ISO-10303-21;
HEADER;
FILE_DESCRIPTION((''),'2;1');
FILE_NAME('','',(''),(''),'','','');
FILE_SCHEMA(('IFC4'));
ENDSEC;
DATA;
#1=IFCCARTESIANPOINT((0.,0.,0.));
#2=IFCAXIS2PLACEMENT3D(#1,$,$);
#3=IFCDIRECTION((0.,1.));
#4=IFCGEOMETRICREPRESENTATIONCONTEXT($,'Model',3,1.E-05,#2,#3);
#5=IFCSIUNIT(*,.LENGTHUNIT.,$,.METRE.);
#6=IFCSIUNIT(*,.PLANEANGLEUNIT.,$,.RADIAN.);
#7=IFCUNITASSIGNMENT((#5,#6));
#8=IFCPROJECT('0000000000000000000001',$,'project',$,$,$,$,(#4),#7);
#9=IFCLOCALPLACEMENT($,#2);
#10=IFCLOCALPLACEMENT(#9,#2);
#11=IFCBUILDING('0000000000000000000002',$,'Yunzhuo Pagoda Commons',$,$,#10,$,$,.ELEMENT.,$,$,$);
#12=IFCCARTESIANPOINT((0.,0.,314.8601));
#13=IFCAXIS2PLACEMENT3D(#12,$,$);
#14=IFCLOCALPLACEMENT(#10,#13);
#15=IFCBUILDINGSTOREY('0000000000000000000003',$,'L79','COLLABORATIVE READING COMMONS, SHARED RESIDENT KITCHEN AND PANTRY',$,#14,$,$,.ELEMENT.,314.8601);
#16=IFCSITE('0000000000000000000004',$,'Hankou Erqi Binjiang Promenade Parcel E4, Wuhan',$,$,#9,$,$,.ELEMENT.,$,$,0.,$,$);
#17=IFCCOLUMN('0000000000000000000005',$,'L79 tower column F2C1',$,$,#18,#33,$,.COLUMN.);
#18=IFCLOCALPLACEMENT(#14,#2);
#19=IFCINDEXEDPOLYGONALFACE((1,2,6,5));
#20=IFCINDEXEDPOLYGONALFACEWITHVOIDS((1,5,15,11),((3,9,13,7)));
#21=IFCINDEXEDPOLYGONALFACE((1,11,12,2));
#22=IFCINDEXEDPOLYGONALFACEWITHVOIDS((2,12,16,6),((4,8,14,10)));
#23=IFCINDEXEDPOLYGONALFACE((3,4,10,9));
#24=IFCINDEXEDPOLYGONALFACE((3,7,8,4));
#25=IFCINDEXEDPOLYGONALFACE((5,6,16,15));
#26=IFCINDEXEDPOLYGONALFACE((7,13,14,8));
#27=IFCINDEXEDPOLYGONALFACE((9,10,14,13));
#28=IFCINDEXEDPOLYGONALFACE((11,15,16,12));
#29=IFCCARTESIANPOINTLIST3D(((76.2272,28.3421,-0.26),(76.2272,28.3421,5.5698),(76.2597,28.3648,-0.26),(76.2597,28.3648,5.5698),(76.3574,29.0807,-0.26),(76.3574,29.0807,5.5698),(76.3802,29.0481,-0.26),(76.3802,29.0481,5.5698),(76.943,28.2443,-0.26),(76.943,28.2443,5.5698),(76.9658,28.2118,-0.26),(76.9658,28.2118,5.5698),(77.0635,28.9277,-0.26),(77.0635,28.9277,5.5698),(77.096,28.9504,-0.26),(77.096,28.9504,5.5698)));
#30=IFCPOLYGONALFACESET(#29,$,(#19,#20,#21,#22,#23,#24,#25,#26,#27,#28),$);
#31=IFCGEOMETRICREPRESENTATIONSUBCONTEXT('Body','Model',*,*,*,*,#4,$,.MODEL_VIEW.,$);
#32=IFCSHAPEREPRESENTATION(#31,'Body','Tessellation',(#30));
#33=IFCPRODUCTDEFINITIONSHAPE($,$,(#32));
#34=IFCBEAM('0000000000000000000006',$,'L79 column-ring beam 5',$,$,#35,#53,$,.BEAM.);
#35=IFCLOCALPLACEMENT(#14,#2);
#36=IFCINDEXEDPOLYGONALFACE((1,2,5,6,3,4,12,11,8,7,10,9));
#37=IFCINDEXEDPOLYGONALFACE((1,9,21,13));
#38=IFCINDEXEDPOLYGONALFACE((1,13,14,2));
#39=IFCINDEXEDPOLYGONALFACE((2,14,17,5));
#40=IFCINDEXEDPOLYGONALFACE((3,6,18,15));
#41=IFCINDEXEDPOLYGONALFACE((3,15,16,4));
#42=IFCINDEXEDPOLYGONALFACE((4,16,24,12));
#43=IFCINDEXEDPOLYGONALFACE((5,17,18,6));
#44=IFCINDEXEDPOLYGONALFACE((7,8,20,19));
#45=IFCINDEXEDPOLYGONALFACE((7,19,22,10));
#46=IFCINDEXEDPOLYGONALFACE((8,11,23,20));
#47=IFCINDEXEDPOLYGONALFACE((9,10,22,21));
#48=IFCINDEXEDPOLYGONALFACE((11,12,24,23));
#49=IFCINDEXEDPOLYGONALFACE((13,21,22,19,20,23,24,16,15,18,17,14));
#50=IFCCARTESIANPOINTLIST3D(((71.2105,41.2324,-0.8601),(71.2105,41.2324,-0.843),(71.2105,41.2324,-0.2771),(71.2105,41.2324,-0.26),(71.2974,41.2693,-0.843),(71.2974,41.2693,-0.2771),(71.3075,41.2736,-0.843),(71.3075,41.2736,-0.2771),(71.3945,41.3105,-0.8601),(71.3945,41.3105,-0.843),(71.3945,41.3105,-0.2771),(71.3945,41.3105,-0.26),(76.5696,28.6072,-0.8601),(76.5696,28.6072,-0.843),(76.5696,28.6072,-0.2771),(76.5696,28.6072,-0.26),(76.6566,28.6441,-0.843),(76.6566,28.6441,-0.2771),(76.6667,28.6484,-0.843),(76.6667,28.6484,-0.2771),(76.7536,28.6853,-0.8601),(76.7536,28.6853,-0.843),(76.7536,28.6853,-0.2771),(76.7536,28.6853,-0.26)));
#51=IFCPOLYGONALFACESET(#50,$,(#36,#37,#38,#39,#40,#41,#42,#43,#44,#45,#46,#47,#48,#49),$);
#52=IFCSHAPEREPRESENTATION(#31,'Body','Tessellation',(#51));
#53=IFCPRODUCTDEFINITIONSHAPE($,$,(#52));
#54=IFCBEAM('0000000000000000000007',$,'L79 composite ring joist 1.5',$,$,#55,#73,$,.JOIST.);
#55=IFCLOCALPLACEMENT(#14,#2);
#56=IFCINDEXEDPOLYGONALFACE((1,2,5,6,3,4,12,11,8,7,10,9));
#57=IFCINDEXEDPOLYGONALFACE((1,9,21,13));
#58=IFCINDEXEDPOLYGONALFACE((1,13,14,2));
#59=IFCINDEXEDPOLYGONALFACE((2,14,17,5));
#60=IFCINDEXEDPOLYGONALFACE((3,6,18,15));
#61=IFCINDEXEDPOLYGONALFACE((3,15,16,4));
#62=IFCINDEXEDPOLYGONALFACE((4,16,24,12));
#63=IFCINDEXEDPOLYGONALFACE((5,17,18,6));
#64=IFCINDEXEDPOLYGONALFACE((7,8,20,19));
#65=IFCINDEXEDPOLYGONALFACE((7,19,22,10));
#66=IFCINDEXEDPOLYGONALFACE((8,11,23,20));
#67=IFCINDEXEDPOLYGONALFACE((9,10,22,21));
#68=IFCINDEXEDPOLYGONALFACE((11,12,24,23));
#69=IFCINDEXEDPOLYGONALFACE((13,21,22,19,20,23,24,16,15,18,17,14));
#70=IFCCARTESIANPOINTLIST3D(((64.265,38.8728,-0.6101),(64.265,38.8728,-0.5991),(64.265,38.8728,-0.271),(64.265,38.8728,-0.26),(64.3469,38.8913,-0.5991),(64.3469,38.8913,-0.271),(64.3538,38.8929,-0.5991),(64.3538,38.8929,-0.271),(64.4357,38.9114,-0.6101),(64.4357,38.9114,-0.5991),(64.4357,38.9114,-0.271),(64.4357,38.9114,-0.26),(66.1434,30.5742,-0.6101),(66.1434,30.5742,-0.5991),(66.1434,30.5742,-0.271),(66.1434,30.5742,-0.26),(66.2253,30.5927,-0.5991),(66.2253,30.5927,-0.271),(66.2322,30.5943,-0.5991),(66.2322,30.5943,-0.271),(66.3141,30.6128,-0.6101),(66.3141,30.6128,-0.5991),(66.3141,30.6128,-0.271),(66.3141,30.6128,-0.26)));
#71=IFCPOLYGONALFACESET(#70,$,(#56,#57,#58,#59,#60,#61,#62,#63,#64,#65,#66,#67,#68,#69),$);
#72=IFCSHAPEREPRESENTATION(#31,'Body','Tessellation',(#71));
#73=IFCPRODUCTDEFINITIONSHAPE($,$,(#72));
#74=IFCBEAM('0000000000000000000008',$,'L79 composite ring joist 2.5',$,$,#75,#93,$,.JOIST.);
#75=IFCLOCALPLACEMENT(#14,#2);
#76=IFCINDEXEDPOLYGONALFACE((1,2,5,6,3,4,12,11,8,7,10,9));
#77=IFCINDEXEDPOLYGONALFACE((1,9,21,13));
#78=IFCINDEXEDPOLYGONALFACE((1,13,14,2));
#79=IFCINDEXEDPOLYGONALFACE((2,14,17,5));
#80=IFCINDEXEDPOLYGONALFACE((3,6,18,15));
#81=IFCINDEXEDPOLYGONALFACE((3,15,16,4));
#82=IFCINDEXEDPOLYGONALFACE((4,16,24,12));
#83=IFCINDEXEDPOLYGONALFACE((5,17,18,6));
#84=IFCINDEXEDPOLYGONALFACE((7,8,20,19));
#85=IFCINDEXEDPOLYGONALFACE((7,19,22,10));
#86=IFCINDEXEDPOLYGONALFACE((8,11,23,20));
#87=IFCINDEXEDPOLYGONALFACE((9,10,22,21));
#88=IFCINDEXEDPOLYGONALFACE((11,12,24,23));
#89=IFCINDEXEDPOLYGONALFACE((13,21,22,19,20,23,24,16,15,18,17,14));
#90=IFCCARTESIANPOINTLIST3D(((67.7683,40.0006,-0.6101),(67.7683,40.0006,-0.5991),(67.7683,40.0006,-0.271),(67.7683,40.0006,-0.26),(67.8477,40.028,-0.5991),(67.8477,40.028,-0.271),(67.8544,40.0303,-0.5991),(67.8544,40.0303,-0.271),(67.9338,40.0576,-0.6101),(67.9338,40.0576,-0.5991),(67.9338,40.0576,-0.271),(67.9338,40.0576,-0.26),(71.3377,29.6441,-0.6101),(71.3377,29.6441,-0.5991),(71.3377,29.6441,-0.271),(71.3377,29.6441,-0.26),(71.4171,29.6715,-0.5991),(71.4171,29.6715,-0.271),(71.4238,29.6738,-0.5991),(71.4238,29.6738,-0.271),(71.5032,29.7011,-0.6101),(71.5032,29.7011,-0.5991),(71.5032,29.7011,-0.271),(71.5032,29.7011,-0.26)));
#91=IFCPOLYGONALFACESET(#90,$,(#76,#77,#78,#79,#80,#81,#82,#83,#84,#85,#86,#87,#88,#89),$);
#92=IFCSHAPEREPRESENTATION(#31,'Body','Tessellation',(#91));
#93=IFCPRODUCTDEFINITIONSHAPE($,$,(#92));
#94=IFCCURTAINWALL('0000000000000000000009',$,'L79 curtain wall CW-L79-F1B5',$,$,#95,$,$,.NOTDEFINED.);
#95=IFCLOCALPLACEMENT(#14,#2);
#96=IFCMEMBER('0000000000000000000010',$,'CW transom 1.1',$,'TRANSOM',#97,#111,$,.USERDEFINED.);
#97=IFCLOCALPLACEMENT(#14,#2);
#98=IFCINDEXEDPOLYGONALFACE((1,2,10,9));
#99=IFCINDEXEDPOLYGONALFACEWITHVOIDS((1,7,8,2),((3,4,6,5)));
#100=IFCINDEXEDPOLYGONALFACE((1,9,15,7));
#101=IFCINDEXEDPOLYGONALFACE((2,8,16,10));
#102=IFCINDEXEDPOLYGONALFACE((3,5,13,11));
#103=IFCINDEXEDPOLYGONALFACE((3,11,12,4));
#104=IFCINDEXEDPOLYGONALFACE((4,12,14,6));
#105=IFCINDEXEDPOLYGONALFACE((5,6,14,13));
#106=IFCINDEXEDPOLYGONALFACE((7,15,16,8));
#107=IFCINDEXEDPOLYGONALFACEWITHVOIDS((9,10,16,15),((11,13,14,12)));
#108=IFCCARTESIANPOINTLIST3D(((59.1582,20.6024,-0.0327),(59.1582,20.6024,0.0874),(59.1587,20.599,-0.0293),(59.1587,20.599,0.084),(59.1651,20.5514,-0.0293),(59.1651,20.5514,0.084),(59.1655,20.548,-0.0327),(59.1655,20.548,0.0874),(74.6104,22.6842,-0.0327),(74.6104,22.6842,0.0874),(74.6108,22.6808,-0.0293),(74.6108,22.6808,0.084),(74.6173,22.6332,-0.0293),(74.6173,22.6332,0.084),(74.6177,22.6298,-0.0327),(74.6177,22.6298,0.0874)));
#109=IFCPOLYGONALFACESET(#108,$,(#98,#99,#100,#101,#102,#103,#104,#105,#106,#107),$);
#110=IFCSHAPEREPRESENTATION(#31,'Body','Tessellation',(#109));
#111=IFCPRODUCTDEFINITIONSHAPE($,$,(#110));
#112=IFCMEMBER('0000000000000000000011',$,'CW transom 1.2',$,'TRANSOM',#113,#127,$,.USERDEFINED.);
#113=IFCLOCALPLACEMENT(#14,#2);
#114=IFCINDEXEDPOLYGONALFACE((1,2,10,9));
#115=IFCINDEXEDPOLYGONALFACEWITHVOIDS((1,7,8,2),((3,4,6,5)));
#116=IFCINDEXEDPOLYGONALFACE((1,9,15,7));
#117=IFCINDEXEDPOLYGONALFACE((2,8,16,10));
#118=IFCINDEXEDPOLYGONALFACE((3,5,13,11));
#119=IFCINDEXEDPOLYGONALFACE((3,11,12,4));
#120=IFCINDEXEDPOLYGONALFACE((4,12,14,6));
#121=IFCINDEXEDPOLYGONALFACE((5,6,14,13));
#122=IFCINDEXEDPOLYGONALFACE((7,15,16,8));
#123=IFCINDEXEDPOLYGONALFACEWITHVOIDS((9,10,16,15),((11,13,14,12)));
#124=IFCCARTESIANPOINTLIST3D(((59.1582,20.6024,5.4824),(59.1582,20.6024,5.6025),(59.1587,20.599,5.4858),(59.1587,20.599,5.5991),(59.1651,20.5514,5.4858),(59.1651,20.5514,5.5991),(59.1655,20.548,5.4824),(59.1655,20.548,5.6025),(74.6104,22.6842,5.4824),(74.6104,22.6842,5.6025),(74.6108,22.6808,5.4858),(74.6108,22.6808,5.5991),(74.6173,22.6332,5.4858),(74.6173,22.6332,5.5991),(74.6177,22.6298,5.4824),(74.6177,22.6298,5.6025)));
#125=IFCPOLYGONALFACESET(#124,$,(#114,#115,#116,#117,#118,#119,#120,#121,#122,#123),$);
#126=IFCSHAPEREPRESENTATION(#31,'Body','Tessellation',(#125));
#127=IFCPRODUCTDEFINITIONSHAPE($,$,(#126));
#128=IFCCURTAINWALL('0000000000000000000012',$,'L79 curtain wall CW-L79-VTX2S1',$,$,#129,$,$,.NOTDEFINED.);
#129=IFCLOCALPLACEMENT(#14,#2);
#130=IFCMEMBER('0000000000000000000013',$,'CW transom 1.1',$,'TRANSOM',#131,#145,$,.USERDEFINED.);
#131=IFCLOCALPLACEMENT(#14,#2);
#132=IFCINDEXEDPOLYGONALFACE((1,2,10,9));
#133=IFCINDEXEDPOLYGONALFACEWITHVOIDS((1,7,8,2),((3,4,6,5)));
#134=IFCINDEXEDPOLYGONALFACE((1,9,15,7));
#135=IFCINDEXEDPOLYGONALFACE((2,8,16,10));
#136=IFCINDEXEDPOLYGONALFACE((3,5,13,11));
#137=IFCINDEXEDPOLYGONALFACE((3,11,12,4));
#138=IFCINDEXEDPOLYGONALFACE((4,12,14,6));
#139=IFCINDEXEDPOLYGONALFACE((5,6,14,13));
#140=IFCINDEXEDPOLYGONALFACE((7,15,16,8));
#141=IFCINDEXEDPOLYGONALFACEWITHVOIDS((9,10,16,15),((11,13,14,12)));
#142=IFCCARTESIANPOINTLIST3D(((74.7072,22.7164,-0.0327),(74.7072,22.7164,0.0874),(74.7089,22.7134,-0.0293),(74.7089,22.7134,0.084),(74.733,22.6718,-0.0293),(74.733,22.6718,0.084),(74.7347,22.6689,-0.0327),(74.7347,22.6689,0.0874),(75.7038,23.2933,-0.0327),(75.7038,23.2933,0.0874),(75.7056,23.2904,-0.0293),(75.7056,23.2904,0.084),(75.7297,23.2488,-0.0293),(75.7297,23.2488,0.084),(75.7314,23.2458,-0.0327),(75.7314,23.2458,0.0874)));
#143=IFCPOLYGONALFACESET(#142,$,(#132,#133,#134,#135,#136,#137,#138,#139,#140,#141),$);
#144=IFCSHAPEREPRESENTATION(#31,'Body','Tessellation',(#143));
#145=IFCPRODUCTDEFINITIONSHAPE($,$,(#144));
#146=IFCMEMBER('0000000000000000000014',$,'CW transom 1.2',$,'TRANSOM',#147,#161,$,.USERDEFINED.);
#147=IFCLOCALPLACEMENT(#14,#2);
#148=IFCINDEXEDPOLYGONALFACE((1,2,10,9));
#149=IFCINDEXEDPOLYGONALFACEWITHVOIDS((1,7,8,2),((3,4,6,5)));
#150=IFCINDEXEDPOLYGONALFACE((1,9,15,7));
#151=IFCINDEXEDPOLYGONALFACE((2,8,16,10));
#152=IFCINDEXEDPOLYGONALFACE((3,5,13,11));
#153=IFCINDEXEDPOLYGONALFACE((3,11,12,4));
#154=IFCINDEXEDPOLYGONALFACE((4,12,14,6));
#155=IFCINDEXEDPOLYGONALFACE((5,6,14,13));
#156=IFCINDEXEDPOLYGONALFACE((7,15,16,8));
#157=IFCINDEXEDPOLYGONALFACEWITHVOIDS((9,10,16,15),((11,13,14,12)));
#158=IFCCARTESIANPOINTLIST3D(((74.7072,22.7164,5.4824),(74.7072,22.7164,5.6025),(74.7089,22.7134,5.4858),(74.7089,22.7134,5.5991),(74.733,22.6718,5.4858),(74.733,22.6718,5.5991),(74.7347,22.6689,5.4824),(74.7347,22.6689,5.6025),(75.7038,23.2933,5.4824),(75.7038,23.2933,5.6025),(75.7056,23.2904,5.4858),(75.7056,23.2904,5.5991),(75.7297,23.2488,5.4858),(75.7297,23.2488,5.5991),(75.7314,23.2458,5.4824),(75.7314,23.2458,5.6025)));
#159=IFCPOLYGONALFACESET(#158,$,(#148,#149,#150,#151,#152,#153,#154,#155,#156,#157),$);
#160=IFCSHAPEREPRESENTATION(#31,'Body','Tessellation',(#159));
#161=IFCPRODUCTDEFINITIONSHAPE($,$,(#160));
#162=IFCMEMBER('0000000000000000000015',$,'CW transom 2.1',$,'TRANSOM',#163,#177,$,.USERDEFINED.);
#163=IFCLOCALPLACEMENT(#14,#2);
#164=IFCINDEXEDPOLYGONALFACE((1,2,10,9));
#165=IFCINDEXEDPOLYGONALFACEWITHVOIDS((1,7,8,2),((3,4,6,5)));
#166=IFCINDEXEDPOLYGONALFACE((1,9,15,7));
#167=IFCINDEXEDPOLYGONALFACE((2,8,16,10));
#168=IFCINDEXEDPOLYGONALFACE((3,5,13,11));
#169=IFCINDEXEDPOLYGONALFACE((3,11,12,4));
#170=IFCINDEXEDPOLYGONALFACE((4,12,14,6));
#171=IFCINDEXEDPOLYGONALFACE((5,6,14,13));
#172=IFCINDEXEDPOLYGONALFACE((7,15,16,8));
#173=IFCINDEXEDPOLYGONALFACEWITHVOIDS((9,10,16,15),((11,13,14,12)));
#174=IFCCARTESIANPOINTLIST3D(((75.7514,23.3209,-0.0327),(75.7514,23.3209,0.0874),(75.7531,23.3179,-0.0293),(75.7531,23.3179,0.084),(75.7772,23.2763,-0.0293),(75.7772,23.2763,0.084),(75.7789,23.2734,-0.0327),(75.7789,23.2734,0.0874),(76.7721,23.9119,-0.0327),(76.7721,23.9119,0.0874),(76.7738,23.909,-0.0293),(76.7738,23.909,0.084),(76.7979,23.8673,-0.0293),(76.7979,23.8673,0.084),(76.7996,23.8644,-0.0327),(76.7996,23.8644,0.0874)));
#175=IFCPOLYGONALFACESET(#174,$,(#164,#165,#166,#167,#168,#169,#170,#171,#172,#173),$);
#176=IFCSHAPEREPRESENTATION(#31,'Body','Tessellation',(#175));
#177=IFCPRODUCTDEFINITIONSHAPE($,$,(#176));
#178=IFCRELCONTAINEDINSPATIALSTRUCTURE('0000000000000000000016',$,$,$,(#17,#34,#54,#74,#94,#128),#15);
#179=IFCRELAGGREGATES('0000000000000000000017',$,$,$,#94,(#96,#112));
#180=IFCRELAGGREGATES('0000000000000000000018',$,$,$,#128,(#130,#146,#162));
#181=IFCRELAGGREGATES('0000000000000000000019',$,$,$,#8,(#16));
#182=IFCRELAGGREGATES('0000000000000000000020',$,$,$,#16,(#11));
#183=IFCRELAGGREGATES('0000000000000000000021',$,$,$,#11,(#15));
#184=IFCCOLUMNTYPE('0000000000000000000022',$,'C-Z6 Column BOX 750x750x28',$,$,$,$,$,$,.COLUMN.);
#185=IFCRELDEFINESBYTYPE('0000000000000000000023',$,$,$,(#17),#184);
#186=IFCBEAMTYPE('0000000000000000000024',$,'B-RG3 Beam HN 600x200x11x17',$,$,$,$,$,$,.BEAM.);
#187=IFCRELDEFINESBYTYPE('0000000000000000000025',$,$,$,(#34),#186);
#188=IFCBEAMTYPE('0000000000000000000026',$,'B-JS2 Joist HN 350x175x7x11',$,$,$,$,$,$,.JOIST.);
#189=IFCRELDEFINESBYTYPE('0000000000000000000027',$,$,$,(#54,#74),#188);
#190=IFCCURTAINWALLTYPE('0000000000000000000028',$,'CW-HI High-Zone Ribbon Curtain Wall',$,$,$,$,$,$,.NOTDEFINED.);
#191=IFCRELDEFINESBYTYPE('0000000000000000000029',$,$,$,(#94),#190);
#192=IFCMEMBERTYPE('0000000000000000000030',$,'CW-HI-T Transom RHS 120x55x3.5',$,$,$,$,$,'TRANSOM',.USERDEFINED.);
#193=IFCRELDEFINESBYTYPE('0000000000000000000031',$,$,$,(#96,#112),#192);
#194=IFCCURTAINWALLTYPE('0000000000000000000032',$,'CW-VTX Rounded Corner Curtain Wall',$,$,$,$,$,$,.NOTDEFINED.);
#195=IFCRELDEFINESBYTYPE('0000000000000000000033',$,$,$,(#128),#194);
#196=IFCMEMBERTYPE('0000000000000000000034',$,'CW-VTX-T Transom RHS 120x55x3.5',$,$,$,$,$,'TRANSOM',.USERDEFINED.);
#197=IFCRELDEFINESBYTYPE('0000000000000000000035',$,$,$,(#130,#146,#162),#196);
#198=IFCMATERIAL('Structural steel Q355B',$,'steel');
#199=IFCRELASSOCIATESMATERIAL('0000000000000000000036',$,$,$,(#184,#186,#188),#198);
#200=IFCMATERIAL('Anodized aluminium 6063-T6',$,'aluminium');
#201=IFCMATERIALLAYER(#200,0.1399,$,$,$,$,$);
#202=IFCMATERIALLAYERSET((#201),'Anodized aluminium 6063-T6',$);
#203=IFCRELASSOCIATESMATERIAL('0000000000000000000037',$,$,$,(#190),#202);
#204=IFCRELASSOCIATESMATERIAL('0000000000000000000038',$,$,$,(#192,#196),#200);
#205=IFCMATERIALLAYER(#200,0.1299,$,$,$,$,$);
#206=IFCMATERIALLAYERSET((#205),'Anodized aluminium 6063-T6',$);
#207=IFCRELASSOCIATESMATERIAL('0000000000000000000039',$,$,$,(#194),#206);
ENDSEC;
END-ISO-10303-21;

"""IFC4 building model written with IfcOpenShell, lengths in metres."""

from ifc_helpers import new_model, si_unit, direction, frame, origin, origin_2d, place, context, subcontext, project, spatial, hollow_rectangle, i_section, extrude, source, transform, mapped, material, layer, layer_set, material_profile, profile_set, type_object, element, aggregate, save


model = new_model("IFC4")

# Units and contexts
model_context = context("Model", 3, precision=1e-05, world=origin(), true_north=direction((0.0, 1.0)))
body_context = subcontext(model_context, "Body", "Model", "MODEL_VIEW")
ifc_project = project(units=[si_unit("LENGTHUNIT", "METRE"), si_unit("PLANEANGLEUNIT", "RADIAN")], contexts=[model_context])

# Site, building, storey
site_placement = place(None, origin())
site = spatial("IfcSite", under=ifc_project, at=site_placement, Name="Hankou Erqi Binjiang Promenade Parcel E4, Wuhan", CompositionType="ELEMENT", RefElevation=0.0)
building_placement = place(site_placement, origin())
building = spatial("IfcBuilding", under=site, at=building_placement, Name="Yunzhuo Pagoda Commons", CompositionType="ELEMENT")
storey_placement = place(building_placement, frame((0.0, 0.0, 314.8601)))
storey = spatial("IfcBuildingStorey", under=building, at=storey_placement, Name="L79", Description="COLLABORATIVE READING COMMONS, SHARED RESIDENT KITCHEN AND PANTRY", CompositionType="ELEMENT", Elevation=314.8601)

# Column
ifc_material_1 = material(Name="Structural steel Q355B", Category="steel")
ifc_material_profile_1 = material_profile(ifc_material_1, hollow_rectangle(XDim=0.75, YDim=0.75, WallThickness=0.0281, at=origin_2d()), Name="Structural steel Q355B")
ifc_profile_set_1 = profile_set([ifc_material_profile_1], Name="Structural steel Q355B")
column_type = type_object("IfcColumnType", Name="C-Z6 Column BOX 750x750x28", PredefinedType="COLUMN", material=ifc_profile_set_1)
shared_shape_1 = source(origin(), body_context, "Body", "SweptSolid", [
    extrude(hollow_rectangle(XDim=0.75, YDim=0.75, WallThickness=0.0281, at=origin_2d()), origin(), (0.0, 0.0, 1.0), 5.8298),
])
column_placement = place(storey_placement, frame((76.6616, 28.6462, -0.26), z_axis=(0.0, 0.0, 1.0), x_axis=(0.173648, 0.984808, 0.0)))
element("IfcColumn", 1, at=column_placement, inside=storey, type_object=column_type, Name="L79 tower column F2C1", PredefinedType="COLUMN", context=body_context, shape_type="MappedRepresentation", body=[
    mapped(shared_shape_1, transform((0.0, 0.0, 0.0), scale=1.0)),
])

# Beams
ifc_material_profile_2 = material_profile(ifc_material_1, i_section(OverallWidth=0.2, OverallDepth=0.6001, WebThickness=0.011, FlangeThickness=0.0171, at=origin_2d()), Name="Structural steel Q355B")
ifc_profile_set_2 = profile_set([ifc_material_profile_2], Name="Structural steel Q355B")
beam_type_1 = type_object("IfcBeamType", Name="B-RG3 Beam HN 600x200x11x17", PredefinedType="BEAM", material=ifc_profile_set_2)
shared_shape_2 = source(origin(), body_context, "Body", "SweptSolid", [
    extrude(i_section(OverallWidth=0.2, OverallDepth=0.6001, WebThickness=0.011, FlangeThickness=0.0171, at=origin_2d()), origin(), (0.0, 0.0, 1.0), 13.7156),
])
beam_1_placement = place(storey_placement, frame((76.6616, 28.6462, -0.5601), z_axis=(-0.390733, 0.920504, 0.0), x_axis=(-0.920504, -0.390733, 0.0)))
element("IfcBeam", 2, at=beam_1_placement, inside=storey, type_object=beam_type_1, Name="L79 column-ring beam 5", PredefinedType="BEAM", context=body_context, shape_type="MappedRepresentation", body=[
    mapped(shared_shape_2, transform((0.0, 0.0, 0.0), scale=1.0)),
])
ifc_material_profile_3 = material_profile(ifc_material_1, i_section(OverallWidth=0.175, OverallDepth=0.3501, WebThickness=0.0071, FlangeThickness=0.011, at=origin_2d()), Name="Structural steel Q355B")
ifc_profile_set_3 = profile_set([ifc_material_profile_3], Name="Structural steel Q355B")
beam_type_2 = type_object("IfcBeamType", Name="B-JS2 Joist HN 350x175x7x11", PredefinedType="JOIST", material=ifc_profile_set_3)
shared_shape_3 = source(origin(), body_context, "Body", "SweptSolid", [
    extrude(i_section(OverallWidth=0.175, OverallDepth=0.3501, WebThickness=0.0071, FlangeThickness=0.011, at=origin_2d()), origin(), (0.0, 0.0, 1.0), 8.5085),
])
beam_2_placement = place(storey_placement, frame((66.2288, 30.5935, -0.4351), z_axis=(-0.220769, 0.975326, 0.0), x_axis=(-0.975326, -0.220769, 0.0)))
element("IfcBeam", 3, at=beam_2_placement, inside=storey, type_object=beam_type_2, Name="L79 composite ring joist 1.5", PredefinedType="JOIST", context=body_context, shape_type="MappedRepresentation", body=[
    mapped(shared_shape_3, transform((0.0, 0.0, 0.0), scale=1.0)),
])
shared_shape_4 = source(origin(), body_context, "Body", "SweptSolid", [
    extrude(i_section(OverallWidth=0.175, OverallDepth=0.3501, WebThickness=0.0071, FlangeThickness=0.011, at=origin_2d()), origin(), (0.0, 0.0, 1.0), 10.9543),
])
beam_3_placement = place(storey_placement, frame((71.4204, 29.6726, -0.4351), z_axis=(-0.32584, 0.945425, 0.0), x_axis=(-0.945425, -0.32584, 0.0)))
element("IfcBeam", 4, at=beam_3_placement, inside=storey, type_object=beam_type_2, Name="L79 composite ring joist 2.5", PredefinedType="JOIST", context=body_context, shape_type="MappedRepresentation", body=[
    mapped(shared_shape_4, transform((0.0, 0.0, 0.0), scale=1.0)),
])

# Curtain walls, members
ifc_material_2 = material(Name="Anodized aluminium 6063-T6", Category="aluminium")
ifc_layer_1 = layer(ifc_material_2, 0.1399)
ifc_layer_set_1 = layer_set([ifc_layer_1], Name="Anodized aluminium 6063-T6")
curtain_wall_type_1 = type_object("IfcCurtainWallType", Name="CW-HI High-Zone Ribbon Curtain Wall", PredefinedType="NOTDEFINED", material=ifc_layer_set_1)
curtain_wall_1_placement = place(storey_placement, origin())
curtain_wall_1 = element("IfcCurtainWall", 5, at=curtain_wall_1_placement, inside=storey, type_object=curtain_wall_type_1, Name="L79 curtain wall CW-L79-F1B5", PredefinedType="NOTDEFINED")
ifc_material_profile_4 = material_profile(ifc_material_2, hollow_rectangle(XDim=0.0549, YDim=0.1201, WallThickness=0.0034, at=origin_2d()), Name="Anodized aluminium 6063-T6")
ifc_profile_set_4 = profile_set([ifc_material_profile_4], Name="Anodized aluminium 6063-T6")
member_type_1 = type_object("IfcMemberType", Name="CW-HI-T Transom RHS 120x55x3.5", ElementType="TRANSOM", PredefinedType="USERDEFINED", material=ifc_profile_set_4)
shared_shape_5 = source(origin(), body_context, "Body", "SweptSolid", [
    extrude(hollow_rectangle(XDim=0.0549, YDim=0.1201, WallThickness=0.0034, at=origin_2d()), origin(), (0.0, 0.0, 1.0), 15.5918),
])
member_1_placement = place(storey_placement, frame((59.1619, 20.5752, 0.0273), z_axis=(0.991046, 0.133518, 0.0), x_axis=(-0.133518, 0.991046, 0.0)))
member_1 = element("IfcMember", 6, at=member_1_placement, type_object=member_type_1, Name="CW transom 1.1", ObjectType="TRANSOM", PredefinedType="USERDEFINED", context=body_context, shape_type="MappedRepresentation", body=[
    mapped(shared_shape_5, transform((0.0, 0.0, 0.0), scale=1.0)),
])
member_2_placement = place(storey_placement, frame((59.1619, 20.5752, 5.5425), z_axis=(0.991046, 0.133518, 0.0), x_axis=(-0.133518, 0.991046, 0.0)))
member_2 = element("IfcMember", 7, at=member_2_placement, type_object=member_type_1, Name="CW transom 1.2", ObjectType="TRANSOM", PredefinedType="USERDEFINED", context=body_context, shape_type="MappedRepresentation", body=[
    mapped(shared_shape_5, transform((0.0, 0.0, 0.0), scale=1.0)),
])
ifc_layer_2 = layer(ifc_material_2, 0.1299)
ifc_layer_set_2 = layer_set([ifc_layer_2], Name="Anodized aluminium 6063-T6")
curtain_wall_type_2 = type_object("IfcCurtainWallType", Name="CW-VTX Rounded Corner Curtain Wall", PredefinedType="NOTDEFINED", material=ifc_layer_set_2)
curtain_wall_2_placement = place(storey_placement, origin())
curtain_wall_2 = element("IfcCurtainWall", 8, at=curtain_wall_2_placement, inside=storey, type_object=curtain_wall_type_2, Name="L79 curtain wall CW-L79-VTX2S1", PredefinedType="NOTDEFINED")
ifc_material_profile_5 = material_profile(ifc_material_2, hollow_rectangle(XDim=0.0549, YDim=0.1201, WallThickness=0.0034, at=origin_2d()), Name="Anodized aluminium 6063-T6")
ifc_profile_set_5 = profile_set([ifc_material_profile_5], Name="Anodized aluminium 6063-T6")
member_type_2 = type_object("IfcMemberType", Name="CW-VTX-T Transom RHS 120x55x3.5", ElementType="TRANSOM", PredefinedType="USERDEFINED", material=ifc_profile_set_5)
shared_shape_6 = source(origin(), body_context, "Body", "SweptSolid", [
    extrude(hollow_rectangle(XDim=0.0549, YDim=0.1201, WallThickness=0.0034, at=origin_2d()), origin(), (0.0, 0.0, 1.0), 1.1516),
])
member_3_placement = place(storey_placement, frame((74.7209, 22.6926, 0.0273), z_axis=(0.86545, 0.500994, 0.0), x_axis=(-0.500994, 0.86545, 0.0)))
member_3 = element("IfcMember", 9, at=member_3_placement, type_object=member_type_2, Name="CW transom 1.1", ObjectType="TRANSOM", PredefinedType="USERDEFINED", context=body_context, shape_type="MappedRepresentation", body=[
    mapped(shared_shape_6, transform((0.0, 0.0, 0.0), scale=1.0)),
])
member_4_placement = place(storey_placement, frame((74.7209, 22.6926, 5.5425), z_axis=(0.86545, 0.500994, 0.0), x_axis=(-0.500994, 0.86545, 0.0)))
member_4 = element("IfcMember", 10, at=member_4_placement, type_object=member_type_2, Name="CW transom 1.2", ObjectType="TRANSOM", PredefinedType="USERDEFINED", context=body_context, shape_type="MappedRepresentation", body=[
    mapped(shared_shape_6, transform((0.0, 0.0, 0.0), scale=1.0)),
])
shared_shape_7 = source(origin(), body_context, "Body", "SweptSolid", [
    extrude(hollow_rectangle(XDim=0.0549, YDim=0.1201, WallThickness=0.0034, at=origin_2d()), origin(), (0.0, 0.0, 1.0), 1.1794),
])
member_5_placement = place(storey_placement, frame((75.7651, 23.2971, 0.0273), z_axis=(0.865388, 0.501102, 0.0), x_axis=(-0.501102, 0.865388, 0.0)))
member_5 = element("IfcMember", 11, at=member_5_placement, type_object=member_type_2, Name="CW transom 2.1", ObjectType="TRANSOM", PredefinedType="USERDEFINED", context=body_context, shape_type="MappedRepresentation", body=[
    mapped(shared_shape_7, transform((0.0, 0.0, 0.0), scale=1.0)),
])

aggregate(curtain_wall_1, [member_1, member_2])
aggregate(curtain_wall_2, [member_3, member_4, member_5])

save(model, "model.ifc")
